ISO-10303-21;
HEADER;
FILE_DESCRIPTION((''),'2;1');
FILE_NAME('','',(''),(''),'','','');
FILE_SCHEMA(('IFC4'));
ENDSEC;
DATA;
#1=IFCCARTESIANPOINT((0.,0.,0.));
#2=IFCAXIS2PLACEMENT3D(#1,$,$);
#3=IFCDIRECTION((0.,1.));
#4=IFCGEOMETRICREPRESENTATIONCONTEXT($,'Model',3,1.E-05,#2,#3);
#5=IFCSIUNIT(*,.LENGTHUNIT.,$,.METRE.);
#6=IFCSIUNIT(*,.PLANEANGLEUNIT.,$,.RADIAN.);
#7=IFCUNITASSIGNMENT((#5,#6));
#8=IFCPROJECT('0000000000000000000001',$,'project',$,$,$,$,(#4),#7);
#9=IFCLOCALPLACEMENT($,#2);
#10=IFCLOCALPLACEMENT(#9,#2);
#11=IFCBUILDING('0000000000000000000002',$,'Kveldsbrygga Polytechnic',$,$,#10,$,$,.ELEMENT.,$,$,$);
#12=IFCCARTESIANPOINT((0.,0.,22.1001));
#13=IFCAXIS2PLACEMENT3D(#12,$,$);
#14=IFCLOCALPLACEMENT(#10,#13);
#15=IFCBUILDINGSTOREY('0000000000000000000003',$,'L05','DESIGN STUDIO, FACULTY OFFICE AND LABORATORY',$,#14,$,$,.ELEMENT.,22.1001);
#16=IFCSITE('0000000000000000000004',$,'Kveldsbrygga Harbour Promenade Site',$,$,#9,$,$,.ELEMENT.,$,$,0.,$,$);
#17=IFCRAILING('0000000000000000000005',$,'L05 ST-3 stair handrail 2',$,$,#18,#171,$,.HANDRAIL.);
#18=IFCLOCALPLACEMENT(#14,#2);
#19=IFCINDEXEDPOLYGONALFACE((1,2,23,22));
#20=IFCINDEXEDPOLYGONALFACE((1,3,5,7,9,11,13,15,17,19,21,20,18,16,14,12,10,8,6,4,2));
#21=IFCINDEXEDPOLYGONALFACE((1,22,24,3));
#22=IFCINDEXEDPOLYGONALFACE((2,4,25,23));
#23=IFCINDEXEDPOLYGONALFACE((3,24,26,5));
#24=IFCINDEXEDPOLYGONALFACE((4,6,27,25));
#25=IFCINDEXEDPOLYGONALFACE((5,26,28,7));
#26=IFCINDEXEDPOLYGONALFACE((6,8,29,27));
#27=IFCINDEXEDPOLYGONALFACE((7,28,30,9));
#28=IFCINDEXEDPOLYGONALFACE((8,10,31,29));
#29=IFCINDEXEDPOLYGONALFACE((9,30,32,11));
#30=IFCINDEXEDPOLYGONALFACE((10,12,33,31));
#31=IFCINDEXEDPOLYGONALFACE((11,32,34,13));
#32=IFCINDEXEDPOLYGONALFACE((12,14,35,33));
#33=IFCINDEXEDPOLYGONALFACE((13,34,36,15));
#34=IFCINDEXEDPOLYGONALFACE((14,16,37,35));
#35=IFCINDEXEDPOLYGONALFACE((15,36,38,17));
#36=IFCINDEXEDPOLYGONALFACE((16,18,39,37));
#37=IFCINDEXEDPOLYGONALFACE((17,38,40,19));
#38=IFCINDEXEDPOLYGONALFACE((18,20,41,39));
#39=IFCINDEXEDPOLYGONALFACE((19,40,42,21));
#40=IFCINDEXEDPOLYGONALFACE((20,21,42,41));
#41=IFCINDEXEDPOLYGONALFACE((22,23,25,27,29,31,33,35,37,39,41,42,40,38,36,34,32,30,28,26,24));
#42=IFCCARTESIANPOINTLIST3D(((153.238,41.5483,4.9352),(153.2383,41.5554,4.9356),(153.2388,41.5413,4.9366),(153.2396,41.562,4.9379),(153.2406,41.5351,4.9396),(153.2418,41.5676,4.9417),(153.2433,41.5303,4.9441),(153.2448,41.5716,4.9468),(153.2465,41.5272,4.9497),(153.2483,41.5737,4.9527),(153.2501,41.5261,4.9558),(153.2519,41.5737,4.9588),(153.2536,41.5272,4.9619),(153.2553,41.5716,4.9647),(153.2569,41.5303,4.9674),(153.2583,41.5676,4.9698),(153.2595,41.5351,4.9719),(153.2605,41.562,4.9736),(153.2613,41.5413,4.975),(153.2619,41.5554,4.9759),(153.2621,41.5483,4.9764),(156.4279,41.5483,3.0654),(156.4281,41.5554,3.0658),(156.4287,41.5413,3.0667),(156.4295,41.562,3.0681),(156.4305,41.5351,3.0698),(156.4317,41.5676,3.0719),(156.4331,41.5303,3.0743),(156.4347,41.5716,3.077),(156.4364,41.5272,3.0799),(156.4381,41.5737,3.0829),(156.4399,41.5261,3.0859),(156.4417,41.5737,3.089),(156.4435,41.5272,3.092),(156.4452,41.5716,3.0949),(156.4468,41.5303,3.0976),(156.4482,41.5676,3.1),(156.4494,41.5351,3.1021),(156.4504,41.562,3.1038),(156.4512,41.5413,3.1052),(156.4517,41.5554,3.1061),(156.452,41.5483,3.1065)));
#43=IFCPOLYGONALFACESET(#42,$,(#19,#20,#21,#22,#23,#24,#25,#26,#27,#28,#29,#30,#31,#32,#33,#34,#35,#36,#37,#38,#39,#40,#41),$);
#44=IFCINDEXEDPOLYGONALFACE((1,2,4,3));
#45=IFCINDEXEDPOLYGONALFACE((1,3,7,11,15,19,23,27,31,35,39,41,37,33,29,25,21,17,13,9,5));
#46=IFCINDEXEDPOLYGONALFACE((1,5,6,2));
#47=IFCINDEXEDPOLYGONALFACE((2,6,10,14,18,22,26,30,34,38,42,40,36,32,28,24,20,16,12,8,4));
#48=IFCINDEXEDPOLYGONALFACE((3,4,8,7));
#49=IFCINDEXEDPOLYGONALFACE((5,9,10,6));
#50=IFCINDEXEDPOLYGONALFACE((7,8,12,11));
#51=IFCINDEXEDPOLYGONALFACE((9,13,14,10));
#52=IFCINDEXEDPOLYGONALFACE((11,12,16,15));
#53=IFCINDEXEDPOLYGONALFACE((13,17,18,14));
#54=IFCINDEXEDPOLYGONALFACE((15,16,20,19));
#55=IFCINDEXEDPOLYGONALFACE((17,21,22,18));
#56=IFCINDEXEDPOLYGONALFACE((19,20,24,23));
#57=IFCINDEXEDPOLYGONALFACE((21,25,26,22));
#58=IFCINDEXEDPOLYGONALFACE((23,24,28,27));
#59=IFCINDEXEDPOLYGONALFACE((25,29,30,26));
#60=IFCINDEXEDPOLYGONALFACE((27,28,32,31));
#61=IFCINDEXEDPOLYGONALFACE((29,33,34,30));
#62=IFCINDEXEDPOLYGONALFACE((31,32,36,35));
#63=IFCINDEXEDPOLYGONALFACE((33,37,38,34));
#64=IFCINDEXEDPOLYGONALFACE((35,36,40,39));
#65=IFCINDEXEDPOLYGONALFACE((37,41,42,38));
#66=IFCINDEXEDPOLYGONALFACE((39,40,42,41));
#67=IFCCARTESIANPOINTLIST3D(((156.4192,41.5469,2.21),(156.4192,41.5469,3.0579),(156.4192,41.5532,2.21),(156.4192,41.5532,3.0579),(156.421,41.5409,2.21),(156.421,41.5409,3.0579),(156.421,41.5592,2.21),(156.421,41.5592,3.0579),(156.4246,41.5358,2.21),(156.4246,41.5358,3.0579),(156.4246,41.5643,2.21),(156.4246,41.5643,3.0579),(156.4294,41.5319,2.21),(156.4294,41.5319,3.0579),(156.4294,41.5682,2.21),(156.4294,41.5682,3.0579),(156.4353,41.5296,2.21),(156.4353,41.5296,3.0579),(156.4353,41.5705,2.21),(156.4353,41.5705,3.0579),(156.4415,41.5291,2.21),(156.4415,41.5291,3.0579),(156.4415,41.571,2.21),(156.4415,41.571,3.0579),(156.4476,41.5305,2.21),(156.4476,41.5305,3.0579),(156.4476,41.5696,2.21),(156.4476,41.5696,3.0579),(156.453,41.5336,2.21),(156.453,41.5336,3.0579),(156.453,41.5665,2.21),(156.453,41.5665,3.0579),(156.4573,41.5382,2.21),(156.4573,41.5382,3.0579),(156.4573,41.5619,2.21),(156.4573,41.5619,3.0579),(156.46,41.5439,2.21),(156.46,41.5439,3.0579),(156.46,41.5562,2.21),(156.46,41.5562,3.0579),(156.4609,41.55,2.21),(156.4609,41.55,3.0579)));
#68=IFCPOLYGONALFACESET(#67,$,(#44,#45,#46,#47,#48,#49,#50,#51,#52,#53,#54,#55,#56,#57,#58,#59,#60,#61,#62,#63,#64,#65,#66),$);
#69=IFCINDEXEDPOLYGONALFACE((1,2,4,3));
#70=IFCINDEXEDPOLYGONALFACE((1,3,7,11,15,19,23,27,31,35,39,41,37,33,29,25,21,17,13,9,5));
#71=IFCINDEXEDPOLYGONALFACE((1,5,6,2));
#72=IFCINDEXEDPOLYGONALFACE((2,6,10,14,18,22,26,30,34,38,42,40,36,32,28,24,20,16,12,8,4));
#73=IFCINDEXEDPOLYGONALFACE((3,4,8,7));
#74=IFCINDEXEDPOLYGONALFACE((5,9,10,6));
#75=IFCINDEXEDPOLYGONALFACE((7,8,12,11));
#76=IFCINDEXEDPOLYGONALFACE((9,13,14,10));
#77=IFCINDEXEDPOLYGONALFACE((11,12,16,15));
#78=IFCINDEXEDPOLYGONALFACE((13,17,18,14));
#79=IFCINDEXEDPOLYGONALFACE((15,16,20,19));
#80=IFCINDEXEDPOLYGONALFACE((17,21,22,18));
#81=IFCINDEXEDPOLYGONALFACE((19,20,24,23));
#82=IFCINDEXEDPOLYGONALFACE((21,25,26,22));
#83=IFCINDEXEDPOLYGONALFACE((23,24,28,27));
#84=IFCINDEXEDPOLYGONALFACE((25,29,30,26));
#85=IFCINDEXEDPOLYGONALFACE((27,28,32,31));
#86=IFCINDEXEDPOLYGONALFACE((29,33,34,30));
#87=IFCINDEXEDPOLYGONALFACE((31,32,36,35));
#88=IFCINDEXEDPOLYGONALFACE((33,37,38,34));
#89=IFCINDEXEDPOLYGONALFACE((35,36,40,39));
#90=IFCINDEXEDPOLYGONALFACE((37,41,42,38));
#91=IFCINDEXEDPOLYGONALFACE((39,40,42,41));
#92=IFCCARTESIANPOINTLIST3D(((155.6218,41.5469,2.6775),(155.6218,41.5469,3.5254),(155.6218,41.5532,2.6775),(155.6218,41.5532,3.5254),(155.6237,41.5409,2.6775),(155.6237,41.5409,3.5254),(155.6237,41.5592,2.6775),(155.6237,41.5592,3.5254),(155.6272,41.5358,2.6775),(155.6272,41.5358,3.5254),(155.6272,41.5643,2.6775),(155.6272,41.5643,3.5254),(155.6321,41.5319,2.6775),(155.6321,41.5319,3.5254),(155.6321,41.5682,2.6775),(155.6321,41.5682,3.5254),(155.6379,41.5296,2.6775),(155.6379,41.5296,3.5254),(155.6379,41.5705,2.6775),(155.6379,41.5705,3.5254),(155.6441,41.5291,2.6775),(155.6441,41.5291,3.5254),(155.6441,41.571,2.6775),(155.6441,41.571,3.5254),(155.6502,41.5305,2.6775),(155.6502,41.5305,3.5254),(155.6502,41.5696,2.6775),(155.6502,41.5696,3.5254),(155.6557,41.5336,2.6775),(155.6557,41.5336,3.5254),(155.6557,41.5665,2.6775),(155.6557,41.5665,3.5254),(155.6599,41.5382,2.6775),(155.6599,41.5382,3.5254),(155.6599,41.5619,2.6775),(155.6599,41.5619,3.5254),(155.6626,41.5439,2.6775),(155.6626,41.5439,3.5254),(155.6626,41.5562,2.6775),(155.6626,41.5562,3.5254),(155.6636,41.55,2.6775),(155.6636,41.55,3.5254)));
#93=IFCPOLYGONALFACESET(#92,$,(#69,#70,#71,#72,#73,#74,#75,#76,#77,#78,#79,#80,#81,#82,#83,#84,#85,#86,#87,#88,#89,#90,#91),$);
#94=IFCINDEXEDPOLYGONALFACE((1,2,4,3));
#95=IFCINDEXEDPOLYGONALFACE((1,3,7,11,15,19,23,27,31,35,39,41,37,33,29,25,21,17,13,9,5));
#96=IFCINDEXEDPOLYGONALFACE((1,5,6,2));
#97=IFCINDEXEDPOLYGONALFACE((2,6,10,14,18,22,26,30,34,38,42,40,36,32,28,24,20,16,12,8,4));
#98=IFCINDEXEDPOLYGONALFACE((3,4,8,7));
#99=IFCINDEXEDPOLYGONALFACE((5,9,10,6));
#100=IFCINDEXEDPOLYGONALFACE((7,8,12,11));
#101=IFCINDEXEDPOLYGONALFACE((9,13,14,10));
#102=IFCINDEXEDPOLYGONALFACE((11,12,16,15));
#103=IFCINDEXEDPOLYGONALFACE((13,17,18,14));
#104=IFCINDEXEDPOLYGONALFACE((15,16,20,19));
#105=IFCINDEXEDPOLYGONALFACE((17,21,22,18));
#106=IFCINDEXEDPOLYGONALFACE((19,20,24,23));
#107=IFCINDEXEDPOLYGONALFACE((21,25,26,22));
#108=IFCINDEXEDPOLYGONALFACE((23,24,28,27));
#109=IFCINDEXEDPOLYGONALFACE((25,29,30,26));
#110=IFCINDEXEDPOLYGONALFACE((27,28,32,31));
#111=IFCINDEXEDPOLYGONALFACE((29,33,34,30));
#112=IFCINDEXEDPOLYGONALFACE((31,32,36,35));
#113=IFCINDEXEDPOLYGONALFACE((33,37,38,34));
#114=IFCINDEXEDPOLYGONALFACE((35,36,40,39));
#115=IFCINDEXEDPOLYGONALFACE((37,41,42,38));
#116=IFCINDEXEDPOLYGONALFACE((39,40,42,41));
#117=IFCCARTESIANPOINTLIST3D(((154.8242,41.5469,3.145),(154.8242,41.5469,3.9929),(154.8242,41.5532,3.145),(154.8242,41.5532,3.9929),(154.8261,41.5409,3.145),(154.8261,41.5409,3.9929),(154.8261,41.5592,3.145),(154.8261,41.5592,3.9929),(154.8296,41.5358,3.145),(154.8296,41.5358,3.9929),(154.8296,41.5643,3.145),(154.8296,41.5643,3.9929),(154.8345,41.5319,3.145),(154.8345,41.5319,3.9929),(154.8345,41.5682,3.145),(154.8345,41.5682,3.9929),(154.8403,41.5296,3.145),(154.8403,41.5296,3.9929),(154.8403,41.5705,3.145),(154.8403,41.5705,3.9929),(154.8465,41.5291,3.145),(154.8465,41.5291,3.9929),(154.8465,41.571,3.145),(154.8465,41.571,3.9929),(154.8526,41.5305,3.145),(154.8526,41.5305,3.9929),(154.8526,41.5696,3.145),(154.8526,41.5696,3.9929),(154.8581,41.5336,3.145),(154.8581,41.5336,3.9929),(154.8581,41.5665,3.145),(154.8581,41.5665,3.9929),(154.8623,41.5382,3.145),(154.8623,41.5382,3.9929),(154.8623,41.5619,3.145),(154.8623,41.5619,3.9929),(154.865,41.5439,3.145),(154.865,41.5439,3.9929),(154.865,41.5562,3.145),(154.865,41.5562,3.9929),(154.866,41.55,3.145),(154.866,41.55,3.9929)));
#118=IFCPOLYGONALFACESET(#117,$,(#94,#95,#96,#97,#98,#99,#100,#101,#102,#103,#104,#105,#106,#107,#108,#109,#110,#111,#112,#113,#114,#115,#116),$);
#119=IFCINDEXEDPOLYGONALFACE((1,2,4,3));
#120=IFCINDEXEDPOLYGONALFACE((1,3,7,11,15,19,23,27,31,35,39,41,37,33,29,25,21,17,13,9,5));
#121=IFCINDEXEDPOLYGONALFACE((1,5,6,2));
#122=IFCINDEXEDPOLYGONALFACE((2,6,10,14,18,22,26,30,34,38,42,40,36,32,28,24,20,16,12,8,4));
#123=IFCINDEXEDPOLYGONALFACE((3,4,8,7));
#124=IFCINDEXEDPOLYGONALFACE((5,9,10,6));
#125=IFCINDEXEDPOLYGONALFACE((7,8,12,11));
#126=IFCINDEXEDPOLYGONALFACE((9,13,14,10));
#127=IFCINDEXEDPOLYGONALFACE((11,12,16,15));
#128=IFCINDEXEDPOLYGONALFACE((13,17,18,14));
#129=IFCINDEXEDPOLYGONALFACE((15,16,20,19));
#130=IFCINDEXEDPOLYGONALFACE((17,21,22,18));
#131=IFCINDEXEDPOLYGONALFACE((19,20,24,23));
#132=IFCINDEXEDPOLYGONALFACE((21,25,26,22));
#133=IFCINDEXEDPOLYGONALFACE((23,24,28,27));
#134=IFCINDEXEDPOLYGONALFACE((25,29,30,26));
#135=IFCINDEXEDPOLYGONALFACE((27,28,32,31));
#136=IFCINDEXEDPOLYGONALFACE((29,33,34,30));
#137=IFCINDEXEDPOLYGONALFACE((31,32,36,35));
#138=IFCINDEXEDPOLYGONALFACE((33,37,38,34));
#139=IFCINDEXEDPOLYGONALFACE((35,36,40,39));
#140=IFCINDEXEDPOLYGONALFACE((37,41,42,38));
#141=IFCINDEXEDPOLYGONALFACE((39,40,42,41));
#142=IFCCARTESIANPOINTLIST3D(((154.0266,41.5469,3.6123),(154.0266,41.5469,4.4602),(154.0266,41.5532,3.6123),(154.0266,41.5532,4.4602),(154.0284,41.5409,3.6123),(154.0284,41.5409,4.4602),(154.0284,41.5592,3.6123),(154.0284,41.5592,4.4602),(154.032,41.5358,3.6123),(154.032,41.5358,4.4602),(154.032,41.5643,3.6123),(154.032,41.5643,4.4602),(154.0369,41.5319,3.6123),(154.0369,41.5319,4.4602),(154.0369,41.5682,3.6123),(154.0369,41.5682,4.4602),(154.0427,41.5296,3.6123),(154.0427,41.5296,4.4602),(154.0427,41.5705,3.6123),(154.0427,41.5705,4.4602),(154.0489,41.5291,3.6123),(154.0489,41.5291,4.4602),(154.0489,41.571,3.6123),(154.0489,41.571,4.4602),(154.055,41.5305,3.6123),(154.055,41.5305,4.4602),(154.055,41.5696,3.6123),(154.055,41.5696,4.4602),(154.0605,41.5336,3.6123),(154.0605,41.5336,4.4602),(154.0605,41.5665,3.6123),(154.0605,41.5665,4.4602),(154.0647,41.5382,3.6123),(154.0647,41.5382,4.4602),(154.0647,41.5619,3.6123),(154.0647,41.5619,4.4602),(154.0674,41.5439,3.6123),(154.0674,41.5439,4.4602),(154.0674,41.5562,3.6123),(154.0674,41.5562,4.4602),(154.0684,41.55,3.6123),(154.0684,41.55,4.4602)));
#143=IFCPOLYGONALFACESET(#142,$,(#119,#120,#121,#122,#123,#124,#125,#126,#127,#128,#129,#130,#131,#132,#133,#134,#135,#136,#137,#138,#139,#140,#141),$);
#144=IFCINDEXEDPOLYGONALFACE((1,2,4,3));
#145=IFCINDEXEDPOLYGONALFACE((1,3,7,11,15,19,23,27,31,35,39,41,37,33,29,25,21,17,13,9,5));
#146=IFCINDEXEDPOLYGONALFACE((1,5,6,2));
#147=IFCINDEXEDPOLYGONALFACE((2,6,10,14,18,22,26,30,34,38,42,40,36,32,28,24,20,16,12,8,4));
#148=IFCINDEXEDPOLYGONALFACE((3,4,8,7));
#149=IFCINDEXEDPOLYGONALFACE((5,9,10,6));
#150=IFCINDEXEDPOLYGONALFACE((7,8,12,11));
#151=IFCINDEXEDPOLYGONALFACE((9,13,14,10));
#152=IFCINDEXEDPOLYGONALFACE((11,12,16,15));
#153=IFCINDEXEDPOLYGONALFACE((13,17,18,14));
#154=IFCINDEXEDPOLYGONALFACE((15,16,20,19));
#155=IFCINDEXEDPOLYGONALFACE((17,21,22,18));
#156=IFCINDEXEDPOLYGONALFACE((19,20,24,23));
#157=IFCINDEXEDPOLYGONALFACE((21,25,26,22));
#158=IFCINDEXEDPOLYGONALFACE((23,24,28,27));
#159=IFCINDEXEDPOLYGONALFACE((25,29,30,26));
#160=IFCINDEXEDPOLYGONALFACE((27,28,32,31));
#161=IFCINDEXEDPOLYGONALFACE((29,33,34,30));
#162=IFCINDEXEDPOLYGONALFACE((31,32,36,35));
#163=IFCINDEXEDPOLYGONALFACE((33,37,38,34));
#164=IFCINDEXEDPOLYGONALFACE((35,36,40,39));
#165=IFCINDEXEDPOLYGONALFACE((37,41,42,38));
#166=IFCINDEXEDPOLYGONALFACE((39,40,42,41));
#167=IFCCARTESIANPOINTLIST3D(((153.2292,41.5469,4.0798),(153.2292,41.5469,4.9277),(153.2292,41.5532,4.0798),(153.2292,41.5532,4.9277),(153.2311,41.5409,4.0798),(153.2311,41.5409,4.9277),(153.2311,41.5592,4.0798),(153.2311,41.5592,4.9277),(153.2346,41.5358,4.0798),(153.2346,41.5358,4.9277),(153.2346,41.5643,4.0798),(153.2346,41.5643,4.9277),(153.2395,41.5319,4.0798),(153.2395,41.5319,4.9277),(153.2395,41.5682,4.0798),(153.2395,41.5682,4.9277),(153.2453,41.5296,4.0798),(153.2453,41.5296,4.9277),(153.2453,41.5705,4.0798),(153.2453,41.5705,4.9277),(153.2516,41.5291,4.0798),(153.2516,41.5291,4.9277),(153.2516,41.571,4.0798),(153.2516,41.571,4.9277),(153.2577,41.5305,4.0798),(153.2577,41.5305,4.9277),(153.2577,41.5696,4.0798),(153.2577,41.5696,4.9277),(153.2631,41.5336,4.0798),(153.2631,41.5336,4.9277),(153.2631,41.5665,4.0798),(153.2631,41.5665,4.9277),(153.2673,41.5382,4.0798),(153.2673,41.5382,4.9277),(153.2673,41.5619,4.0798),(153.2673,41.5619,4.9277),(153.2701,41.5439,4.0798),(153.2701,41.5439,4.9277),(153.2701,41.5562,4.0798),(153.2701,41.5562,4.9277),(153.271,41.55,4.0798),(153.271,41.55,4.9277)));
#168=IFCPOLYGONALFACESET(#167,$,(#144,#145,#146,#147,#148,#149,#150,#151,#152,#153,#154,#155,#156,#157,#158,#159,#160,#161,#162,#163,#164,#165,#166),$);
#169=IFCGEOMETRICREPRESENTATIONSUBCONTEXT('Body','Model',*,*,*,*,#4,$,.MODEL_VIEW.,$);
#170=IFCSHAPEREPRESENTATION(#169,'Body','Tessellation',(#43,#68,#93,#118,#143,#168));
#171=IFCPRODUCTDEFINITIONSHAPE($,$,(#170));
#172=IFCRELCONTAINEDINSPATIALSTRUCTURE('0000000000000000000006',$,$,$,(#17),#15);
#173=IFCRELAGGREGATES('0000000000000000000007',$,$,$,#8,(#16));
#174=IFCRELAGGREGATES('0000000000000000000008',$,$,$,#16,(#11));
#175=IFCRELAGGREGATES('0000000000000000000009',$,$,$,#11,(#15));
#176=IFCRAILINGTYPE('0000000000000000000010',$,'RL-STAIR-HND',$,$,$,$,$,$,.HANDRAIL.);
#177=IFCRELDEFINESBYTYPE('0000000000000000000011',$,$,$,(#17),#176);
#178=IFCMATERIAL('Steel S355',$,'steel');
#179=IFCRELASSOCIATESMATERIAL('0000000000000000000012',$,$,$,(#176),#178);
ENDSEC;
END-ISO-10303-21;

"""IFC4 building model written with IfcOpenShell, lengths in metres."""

from ifc_helpers import new_model, si_unit, direction, frame, origin, origin_2d, place, context, subcontext, project, spatial, circle, extrude, material, type_object, element, save


model = new_model("IFC4")

# Units and contexts
model_context = context("Model", 3, precision=1e-05, world=origin(), true_north=direction((0.0, 1.0)))
body_context = subcontext(model_context, "Body", "Model", "MODEL_VIEW")
ifc_project = project(units=[si_unit("LENGTHUNIT", "METRE"), si_unit("PLANEANGLEUNIT", "RADIAN")], contexts=[model_context])

# Site, building, storey
site_placement = place(None, origin())
site = spatial("IfcSite", under=ifc_project, at=site_placement, Name="Kveldsbrygga Harbour Promenade Site", CompositionType="ELEMENT", RefElevation=0.0)
building_placement = place(site_placement, origin())
building = spatial("IfcBuilding", under=site, at=building_placement, Name="Kveldsbrygga Polytechnic", CompositionType="ELEMENT")
storey_placement = place(building_placement, frame((0.0, 0.0, 22.1001)))
storey = spatial("IfcBuildingStorey", under=building, at=storey_placement, Name="L05", Description="DESIGN STUDIO, FACULTY OFFICE AND LABORATORY", CompositionType="ELEMENT", Elevation=22.1001)

# Shared definitions
ifc_material_1 = material(Name="Steel S355", Category="steel")

# Railing
railing_type_1 = type_object("IfcRailingType", Name="RL-STAIR-HND", PredefinedType="HANDRAIL", material=ifc_material_1)
railing_1_placement = place(storey_placement, frame((156.4399, 41.55, 2.21)))
element("IfcRailing", 1, at=railing_1_placement, inside=storey, type_object=railing_type_1, Name="L05 ST-3 stair handrail 2", PredefinedType="HANDRAIL", context=body_context, shape_type="SweptSolid", body=[
    extrude(circle(Radius=0.0239, at=origin_2d()), frame((0.0, 0.0, 0.876), z_axis=(-0.862709, 0.0, 0.505701), x_axis=(0.0, -1.0, 0.0)), (0.0, 0.0, 1.0), 3.6975),
    extrude(circle(Radius=0.021, at=origin_2d()), origin(), (0.0, 0.0, 1.0), 0.8479),
    extrude(circle(Radius=0.021, at=origin_2d()), frame((-0.7974, 0.0, 0.4675)), (0.0, 0.0, 1.0), 0.8479),
    extrude(circle(Radius=0.021, at=origin_2d()), frame((-1.595, 0.0, 0.9351)), (0.0, 0.0, 1.0), 0.8479),
    extrude(circle(Radius=0.021, at=origin_2d()), frame((-2.3926, 0.0, 1.4023)), (0.0, 0.0, 1.0), 0.8479),
    extrude(circle(Radius=0.021, at=origin_2d()), frame((-3.1899, 0.0, 1.8699)), (0.0, 0.0, 1.0), 0.8479),
])

save(model, "model.ifc")
